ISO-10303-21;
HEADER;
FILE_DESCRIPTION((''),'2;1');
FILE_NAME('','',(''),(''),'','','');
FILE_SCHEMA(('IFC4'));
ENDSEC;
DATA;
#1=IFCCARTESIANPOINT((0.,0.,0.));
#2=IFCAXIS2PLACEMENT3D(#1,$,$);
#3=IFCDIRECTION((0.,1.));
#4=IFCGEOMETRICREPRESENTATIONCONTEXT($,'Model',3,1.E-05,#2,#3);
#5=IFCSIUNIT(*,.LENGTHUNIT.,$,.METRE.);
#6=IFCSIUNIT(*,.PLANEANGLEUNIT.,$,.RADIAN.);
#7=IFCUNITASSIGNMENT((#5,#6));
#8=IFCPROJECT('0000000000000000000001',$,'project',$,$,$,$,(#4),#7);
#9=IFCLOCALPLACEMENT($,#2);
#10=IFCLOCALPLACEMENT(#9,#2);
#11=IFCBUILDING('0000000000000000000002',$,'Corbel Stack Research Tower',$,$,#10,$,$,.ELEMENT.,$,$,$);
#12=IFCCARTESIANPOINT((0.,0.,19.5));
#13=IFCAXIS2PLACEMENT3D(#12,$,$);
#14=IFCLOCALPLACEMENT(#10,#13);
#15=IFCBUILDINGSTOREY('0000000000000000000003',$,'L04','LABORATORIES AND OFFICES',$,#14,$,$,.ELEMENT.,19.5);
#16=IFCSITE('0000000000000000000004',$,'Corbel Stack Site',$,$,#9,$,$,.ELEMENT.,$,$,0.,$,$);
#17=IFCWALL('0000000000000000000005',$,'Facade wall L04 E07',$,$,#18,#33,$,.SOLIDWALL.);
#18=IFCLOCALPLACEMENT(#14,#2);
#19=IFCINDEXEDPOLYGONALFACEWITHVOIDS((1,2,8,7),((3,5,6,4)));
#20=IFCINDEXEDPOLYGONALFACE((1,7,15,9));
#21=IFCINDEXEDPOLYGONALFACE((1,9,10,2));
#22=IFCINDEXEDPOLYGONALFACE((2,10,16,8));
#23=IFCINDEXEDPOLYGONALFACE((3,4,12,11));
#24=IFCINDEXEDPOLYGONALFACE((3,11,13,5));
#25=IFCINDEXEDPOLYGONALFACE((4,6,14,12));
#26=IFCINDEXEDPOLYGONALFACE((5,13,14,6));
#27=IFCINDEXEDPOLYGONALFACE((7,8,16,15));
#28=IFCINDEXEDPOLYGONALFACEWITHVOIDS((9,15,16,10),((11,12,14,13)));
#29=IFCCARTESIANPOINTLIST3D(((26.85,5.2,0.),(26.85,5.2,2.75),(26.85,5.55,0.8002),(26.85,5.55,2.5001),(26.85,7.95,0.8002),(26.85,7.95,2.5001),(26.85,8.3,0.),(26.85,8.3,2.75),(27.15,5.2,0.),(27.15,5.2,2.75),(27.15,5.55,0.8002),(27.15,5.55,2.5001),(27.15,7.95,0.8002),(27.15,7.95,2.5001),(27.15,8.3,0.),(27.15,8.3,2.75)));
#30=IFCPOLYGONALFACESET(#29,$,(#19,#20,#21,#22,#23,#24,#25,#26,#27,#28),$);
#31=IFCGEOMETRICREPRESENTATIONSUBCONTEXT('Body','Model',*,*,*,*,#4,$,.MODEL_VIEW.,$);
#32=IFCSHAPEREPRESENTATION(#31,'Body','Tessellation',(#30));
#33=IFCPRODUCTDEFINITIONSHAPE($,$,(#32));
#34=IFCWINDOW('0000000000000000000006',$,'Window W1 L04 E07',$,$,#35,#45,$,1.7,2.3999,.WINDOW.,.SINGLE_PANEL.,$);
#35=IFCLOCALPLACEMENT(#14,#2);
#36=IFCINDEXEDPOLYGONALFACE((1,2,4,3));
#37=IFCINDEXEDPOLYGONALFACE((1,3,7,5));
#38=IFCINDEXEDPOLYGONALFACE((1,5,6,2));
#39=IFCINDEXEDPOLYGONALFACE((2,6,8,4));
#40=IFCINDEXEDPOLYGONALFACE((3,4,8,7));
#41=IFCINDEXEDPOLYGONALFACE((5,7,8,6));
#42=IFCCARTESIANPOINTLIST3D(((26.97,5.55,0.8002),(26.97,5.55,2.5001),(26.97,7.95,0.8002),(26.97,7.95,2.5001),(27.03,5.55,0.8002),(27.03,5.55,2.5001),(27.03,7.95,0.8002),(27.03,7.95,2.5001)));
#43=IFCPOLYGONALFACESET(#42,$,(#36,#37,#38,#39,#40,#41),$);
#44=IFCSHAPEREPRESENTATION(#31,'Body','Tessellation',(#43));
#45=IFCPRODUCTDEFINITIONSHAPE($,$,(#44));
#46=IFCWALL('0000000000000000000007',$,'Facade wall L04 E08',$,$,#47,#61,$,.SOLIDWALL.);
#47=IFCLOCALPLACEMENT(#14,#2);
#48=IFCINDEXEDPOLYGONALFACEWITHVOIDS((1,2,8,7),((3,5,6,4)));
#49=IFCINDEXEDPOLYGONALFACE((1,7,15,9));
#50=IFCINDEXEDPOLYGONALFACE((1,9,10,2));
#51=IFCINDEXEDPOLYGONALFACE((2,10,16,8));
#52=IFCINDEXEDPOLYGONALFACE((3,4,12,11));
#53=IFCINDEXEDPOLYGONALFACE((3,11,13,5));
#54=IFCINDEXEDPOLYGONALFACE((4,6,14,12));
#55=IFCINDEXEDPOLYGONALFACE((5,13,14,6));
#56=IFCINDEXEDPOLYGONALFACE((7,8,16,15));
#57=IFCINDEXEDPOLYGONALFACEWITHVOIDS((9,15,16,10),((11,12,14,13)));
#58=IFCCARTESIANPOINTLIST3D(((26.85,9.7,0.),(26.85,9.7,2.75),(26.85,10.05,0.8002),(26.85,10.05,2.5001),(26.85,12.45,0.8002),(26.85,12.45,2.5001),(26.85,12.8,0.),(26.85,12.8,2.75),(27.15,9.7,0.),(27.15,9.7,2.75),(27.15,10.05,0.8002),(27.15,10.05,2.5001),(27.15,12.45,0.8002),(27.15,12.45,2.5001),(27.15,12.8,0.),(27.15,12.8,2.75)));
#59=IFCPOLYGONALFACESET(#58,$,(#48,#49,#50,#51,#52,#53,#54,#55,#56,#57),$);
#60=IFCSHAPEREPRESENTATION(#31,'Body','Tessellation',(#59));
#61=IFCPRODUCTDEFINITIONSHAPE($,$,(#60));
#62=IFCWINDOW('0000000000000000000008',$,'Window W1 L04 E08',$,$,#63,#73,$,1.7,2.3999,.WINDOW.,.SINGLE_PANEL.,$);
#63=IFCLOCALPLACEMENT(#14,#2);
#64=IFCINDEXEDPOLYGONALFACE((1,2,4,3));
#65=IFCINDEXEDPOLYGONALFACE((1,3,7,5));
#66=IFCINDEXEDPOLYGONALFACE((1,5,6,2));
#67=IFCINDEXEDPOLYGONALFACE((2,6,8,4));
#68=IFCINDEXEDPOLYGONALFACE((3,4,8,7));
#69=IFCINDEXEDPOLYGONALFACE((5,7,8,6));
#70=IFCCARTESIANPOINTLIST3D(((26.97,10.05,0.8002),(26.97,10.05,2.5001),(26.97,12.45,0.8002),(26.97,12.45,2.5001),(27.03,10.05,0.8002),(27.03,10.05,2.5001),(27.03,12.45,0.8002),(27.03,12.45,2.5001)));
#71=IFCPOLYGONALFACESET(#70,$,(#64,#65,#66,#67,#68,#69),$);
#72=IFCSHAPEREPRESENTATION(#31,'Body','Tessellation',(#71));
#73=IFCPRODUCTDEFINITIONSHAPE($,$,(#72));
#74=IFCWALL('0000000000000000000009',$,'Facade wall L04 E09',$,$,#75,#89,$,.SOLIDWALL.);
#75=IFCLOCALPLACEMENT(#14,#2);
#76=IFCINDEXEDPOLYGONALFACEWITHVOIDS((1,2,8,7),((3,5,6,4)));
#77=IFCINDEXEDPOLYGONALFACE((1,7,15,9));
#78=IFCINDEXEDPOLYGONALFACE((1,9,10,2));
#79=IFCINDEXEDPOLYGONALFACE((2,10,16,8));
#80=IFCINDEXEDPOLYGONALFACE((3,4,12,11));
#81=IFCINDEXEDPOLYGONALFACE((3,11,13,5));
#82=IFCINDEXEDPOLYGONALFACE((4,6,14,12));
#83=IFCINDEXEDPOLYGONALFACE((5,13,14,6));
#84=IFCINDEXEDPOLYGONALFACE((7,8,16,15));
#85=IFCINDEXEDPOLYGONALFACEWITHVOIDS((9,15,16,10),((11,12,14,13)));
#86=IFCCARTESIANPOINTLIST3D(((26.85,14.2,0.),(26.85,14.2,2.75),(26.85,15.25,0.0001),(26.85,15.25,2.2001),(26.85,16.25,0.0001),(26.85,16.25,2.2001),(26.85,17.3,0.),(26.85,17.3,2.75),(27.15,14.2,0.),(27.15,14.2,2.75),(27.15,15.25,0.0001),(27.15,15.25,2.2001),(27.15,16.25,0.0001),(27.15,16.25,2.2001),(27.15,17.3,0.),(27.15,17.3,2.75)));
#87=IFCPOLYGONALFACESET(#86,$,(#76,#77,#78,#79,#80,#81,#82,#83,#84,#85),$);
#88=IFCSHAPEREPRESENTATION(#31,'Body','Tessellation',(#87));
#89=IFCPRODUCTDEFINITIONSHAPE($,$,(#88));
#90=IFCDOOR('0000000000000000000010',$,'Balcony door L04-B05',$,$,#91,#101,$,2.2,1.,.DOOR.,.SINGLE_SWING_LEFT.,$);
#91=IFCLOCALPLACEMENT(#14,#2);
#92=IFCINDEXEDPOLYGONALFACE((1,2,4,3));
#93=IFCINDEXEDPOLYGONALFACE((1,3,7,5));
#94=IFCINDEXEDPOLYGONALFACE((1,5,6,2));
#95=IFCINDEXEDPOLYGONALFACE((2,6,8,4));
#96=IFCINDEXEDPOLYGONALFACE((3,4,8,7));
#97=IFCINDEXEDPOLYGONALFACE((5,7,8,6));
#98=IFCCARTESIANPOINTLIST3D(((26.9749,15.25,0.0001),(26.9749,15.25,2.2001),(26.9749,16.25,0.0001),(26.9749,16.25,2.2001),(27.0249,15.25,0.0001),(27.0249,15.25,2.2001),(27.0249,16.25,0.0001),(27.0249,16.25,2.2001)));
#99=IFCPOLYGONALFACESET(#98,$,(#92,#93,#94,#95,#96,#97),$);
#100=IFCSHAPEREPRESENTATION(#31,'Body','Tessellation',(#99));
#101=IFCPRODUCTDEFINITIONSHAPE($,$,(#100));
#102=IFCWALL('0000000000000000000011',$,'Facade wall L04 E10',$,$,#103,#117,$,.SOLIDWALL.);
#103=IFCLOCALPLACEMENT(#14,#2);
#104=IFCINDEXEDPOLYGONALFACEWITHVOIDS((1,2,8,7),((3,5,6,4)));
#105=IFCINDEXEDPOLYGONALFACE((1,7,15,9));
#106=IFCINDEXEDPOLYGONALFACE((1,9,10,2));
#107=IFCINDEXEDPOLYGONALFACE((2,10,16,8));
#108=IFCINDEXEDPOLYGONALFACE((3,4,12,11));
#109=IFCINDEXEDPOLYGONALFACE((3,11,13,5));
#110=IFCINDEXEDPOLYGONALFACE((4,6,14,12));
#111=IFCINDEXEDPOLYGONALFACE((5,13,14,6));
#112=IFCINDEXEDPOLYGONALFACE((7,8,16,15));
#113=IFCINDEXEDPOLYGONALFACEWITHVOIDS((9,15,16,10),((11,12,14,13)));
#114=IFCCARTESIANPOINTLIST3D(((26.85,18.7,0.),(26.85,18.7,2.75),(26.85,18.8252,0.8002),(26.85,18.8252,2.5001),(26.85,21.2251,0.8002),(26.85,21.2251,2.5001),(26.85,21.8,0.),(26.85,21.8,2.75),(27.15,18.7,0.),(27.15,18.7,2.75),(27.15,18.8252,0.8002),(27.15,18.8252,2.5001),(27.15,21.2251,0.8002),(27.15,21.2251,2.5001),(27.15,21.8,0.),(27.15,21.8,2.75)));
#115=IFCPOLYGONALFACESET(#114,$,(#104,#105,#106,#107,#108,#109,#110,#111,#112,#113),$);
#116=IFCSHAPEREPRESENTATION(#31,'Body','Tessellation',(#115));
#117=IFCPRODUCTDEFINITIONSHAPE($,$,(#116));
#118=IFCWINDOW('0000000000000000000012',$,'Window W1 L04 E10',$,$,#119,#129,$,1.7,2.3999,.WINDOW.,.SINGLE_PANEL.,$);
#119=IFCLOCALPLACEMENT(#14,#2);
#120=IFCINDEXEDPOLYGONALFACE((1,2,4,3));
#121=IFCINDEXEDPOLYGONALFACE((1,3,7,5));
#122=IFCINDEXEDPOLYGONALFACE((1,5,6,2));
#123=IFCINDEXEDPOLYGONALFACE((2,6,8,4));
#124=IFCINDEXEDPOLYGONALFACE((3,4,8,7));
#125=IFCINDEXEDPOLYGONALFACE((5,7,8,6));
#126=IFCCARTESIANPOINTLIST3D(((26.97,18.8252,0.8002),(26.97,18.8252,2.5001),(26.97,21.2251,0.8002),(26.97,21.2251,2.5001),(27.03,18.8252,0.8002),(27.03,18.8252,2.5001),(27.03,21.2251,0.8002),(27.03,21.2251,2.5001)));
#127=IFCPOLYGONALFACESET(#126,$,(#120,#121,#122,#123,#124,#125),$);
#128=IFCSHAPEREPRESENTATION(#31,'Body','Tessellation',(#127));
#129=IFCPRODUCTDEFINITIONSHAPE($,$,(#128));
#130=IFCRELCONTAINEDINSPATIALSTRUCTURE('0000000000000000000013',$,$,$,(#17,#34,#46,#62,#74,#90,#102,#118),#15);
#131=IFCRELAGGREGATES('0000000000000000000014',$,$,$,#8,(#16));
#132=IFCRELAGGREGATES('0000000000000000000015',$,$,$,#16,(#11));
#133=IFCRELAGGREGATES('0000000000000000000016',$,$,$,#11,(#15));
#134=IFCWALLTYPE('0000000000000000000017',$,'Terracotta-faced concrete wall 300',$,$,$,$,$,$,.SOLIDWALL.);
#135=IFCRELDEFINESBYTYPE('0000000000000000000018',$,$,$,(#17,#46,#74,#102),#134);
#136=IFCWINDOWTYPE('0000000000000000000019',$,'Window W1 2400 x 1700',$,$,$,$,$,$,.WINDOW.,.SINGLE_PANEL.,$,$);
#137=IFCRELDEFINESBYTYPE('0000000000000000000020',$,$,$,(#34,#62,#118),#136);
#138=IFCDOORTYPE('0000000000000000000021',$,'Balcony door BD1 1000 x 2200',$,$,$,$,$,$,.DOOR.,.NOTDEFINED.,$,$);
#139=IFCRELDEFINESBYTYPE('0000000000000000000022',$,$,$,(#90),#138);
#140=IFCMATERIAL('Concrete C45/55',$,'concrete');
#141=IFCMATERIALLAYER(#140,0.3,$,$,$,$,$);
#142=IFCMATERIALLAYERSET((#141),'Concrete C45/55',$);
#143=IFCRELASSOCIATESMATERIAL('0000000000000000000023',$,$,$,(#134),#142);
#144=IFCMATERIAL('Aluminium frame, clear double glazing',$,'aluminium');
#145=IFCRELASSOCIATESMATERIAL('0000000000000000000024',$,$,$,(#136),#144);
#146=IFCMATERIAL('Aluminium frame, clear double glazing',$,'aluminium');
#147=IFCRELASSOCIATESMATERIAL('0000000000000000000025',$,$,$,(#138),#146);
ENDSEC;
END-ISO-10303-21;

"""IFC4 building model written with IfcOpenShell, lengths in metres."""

from ifc_helpers import new_model, si_unit, direction, frame, frame_2d, origin, place, context, subcontext, project, spatial, rectangle, extrude, material, layer, layer_set, type_object, element, fill, save


model = new_model("IFC4")

# Units and contexts
model_context = context("Model", 3, precision=1e-05, world=origin(), true_north=direction((0.0, 1.0)))
body_context = subcontext(model_context, "Body", "Model", "MODEL_VIEW")
ifc_project = project(units=[si_unit("LENGTHUNIT", "METRE"), si_unit("PLANEANGLEUNIT", "RADIAN")], contexts=[model_context])

# Site, building, storey
site_placement = place(None, origin())
site = spatial("IfcSite", under=ifc_project, at=site_placement, Name="Corbel Stack Site", CompositionType="ELEMENT", RefElevation=0.0)
building_placement = place(site_placement, origin())
building = spatial("IfcBuilding", under=site, at=building_placement, Name="Corbel Stack Research Tower", CompositionType="ELEMENT")
storey_placement = place(building_placement, frame((0.0, 0.0, 19.5)))
storey = spatial("IfcBuildingStorey", under=building, at=storey_placement, Name="L04", Description="LABORATORIES AND OFFICES", CompositionType="ELEMENT", Elevation=19.5)

# Walls, openings, windows
ifc_material_1 = material(Name="Concrete C45/55", Category="concrete")
ifc_layer = layer(ifc_material_1, 0.3)
ifc_layer_set = layer_set([ifc_layer], Name="Concrete C45/55")
wall_type = type_object("IfcWallType", Name="Terracotta-faced concrete wall 300", PredefinedType="SOLIDWALL", material=ifc_layer_set)
ifc_material_2 = material(Name="Aluminium frame, clear double glazing", Category="aluminium")
window_type = type_object("IfcWindowType", Name="Window W1 2400 x 1700", PartitioningType="SINGLE_PANEL", PredefinedType="WINDOW", material=ifc_material_2)
wall_1_placement = place(storey_placement, frame((27.0, 8.3, 0.0), z_axis=(0.0, 0.0, 1.0), x_axis=(0.0, -1.0, 0.0)))
wall_1 = element("IfcWall", 1, at=wall_1_placement, inside=storey, type_object=wall_type, Name="Facade wall L04 E07", PredefinedType="SOLIDWALL", context=body_context, shape_type="SweptSolid", body=[
    extrude(rectangle(XDim=3.1001, YDim=0.3, at=frame_2d((1.55, 0.0))), origin(), (0.0, 0.0, 1.0), 2.75),
])
opening_1_placement = place(wall_1_placement, frame((0.3501, 0.0, 0.8)))
opening_1 = element("IfcOpeningElement", 2, at=opening_1_placement, cuts=wall_1, PredefinedType="OPENING", context=body_context, shape_type="SweptSolid", body=[
    extrude(rectangle(XDim=2.3999, YDim=1.7, at=frame_2d((1.2, 0.8501))), frame((0.0, 0.1599, 0.0), z_axis=(0.0, -1.0, 0.0), x_axis=(1.0, 0.0, 0.0)), (0.0, 0.0, 1.0), 0.3201),
])
window_1_placement = place(opening_1_placement, origin())
window_1 = element("IfcWindow", 3, at=window_1_placement, inside=storey, type_object=window_type, Name="Window W1 L04 E07", OverallHeight=1.7, OverallWidth=2.3999, PartitioningType="SINGLE_PANEL", PredefinedType="WINDOW", context=body_context, shape_type="SweptSolid", body=[
    extrude(rectangle(XDim=2.3999, YDim=1.7, at=frame_2d((1.2, 0.8501))), frame((0.0, 0.03, 0.0), z_axis=(0.0, -1.0, 0.0), x_axis=(1.0, 0.0, 0.0)), (0.0, 0.0, 1.0), 0.0601),
])
fill(opening_1, window_1)
wall_2_placement = place(storey_placement, frame((27.0, 12.8, 0.0), z_axis=(0.0, 0.0, 1.0), x_axis=(0.0, -1.0, 0.0)))
wall_2 = element("IfcWall", 4, at=wall_2_placement, inside=storey, type_object=wall_type, Name="Facade wall L04 E08", PredefinedType="SOLIDWALL", context=body_context, shape_type="SweptSolid", body=[
    extrude(rectangle(XDim=3.1001, YDim=0.3, at=frame_2d((1.55, 0.0))), origin(), (0.0, 0.0, 1.0), 2.75),
])
opening_2_placement = place(wall_2_placement, frame((0.3501, 0.0, 0.8)))
opening_2 = element("IfcOpeningElement", 5, at=opening_2_placement, cuts=wall_2, PredefinedType="OPENING", context=body_context, shape_type="SweptSolid", body=[
    extrude(rectangle(XDim=2.3999, YDim=1.7, at=frame_2d((1.2, 0.8501))), frame((0.0, 0.1599, 0.0), z_axis=(0.0, -1.0, 0.0), x_axis=(1.0, 0.0, 0.0)), (0.0, 0.0, 1.0), 0.3201),
])
window_2_placement = place(opening_2_placement, origin())
window_2 = element("IfcWindow", 6, at=window_2_placement, inside=storey, type_object=window_type, Name="Window W1 L04 E08", OverallHeight=1.7, OverallWidth=2.3999, PartitioningType="SINGLE_PANEL", PredefinedType="WINDOW", context=body_context, shape_type="SweptSolid", body=[
    extrude(rectangle(XDim=2.3999, YDim=1.7, at=frame_2d((1.2, 0.8501))), frame((0.0, 0.03, 0.0), z_axis=(0.0, -1.0, 0.0), x_axis=(1.0, 0.0, 0.0)), (0.0, 0.0, 1.0), 0.0601),
])
fill(opening_2, window_2)

# Wall, opening, door
wall_3_placement = place(storey_placement, frame((27.0, 17.3, 0.0), z_axis=(0.0, 0.0, 1.0), x_axis=(0.0, -1.0, 0.0)))
wall_3 = element("IfcWall", 7, at=wall_3_placement, inside=storey, type_object=wall_type, Name="Facade wall L04 E09", PredefinedType="SOLIDWALL", context=body_context, shape_type="SweptSolid", body=[
    extrude(rectangle(XDim=3.1001, YDim=0.3, at=frame_2d((1.55, 0.0))), origin(), (0.0, 0.0, 1.0), 2.75),
])
opening_3_placement = place(wall_3_placement, frame((1.05, 0.0, 0.0)))
opening_3 = element("IfcOpeningElement", 8, at=opening_3_placement, cuts=wall_3, PredefinedType="OPENING", context=body_context, shape_type="SweptSolid", body=[
    extrude(rectangle(XDim=1.0, YDim=2.2, at=frame_2d((0.5, 1.1001))), frame((0.0, 0.1599, 0.0), z_axis=(0.0, -1.0, 0.0), x_axis=(1.0, 0.0, 0.0)), (0.0, 0.0, 1.0), 0.3201),
])
ifc_material_3 = material(Name="Aluminium frame, clear double glazing", Category="aluminium")
door_type = type_object("IfcDoorType", Name="Balcony door BD1 1000 x 2200", OperationType="NOTDEFINED", PredefinedType="DOOR", material=ifc_material_3)
door_placement = place(opening_3_placement, origin())
door = element("IfcDoor", 9, at=door_placement, inside=storey, type_object=door_type, Name="Balcony door L04-B05", OperationType="SINGLE_SWING_LEFT", OverallHeight=2.2, OverallWidth=1.0, PredefinedType="DOOR", context=body_context, shape_type="SweptSolid", body=[
    extrude(rectangle(XDim=1.0, YDim=2.2, at=frame_2d((0.5, 1.1001))), frame((0.0, 0.0249, 0.0), z_axis=(0.0, -1.0, 0.0), x_axis=(1.0, 0.0, 0.0)), (0.0, 0.0, 1.0), 0.05),
])
fill(opening_3, door)

# Wall, opening, window
wall_4_placement = place(storey_placement, frame((27.0, 21.8, 0.0), z_axis=(0.0, 0.0, 1.0), x_axis=(0.0, -1.0, 0.0)))
wall_4 = element("IfcWall", 10, at=wall_4_placement, inside=storey, type_object=wall_type, Name="Facade wall L04 E10", PredefinedType="SOLIDWALL", context=body_context, shape_type="SweptSolid", body=[
    extrude(rectangle(XDim=3.1001, YDim=0.3, at=frame_2d((1.55, 0.0))), origin(), (0.0, 0.0, 1.0), 2.75),
])
opening_4_placement = place(wall_4_placement, frame((0.575, 0.0, 0.8)))
opening_4 = element("IfcOpeningElement", 11, at=opening_4_placement, cuts=wall_4, PredefinedType="OPENING", context=body_context, shape_type="SweptSolid", body=[
    extrude(rectangle(XDim=2.3999, YDim=1.7, at=frame_2d((1.2, 0.8501))), frame((0.0, 0.1599, 0.0), z_axis=(0.0, -1.0, 0.0), x_axis=(1.0, 0.0, 0.0)), (0.0, 0.0, 1.0), 0.3201),
])
window_3_placement = place(opening_4_placement, origin())
window_3 = element("IfcWindow", 12, at=window_3_placement, inside=storey, type_object=window_type, Name="Window W1 L04 E10", OverallHeight=1.7, OverallWidth=2.3999, PartitioningType="SINGLE_PANEL", PredefinedType="WINDOW", context=body_context, shape_type="SweptSolid", body=[
    extrude(rectangle(XDim=2.3999, YDim=1.7, at=frame_2d((1.2, 0.8501))), frame((0.0, 0.03, 0.0), z_axis=(0.0, -1.0, 0.0), x_axis=(1.0, 0.0, 0.0)), (0.0, 0.0, 1.0), 0.0601),
])
fill(opening_4, window_3)

save(model, "model.ifc")
